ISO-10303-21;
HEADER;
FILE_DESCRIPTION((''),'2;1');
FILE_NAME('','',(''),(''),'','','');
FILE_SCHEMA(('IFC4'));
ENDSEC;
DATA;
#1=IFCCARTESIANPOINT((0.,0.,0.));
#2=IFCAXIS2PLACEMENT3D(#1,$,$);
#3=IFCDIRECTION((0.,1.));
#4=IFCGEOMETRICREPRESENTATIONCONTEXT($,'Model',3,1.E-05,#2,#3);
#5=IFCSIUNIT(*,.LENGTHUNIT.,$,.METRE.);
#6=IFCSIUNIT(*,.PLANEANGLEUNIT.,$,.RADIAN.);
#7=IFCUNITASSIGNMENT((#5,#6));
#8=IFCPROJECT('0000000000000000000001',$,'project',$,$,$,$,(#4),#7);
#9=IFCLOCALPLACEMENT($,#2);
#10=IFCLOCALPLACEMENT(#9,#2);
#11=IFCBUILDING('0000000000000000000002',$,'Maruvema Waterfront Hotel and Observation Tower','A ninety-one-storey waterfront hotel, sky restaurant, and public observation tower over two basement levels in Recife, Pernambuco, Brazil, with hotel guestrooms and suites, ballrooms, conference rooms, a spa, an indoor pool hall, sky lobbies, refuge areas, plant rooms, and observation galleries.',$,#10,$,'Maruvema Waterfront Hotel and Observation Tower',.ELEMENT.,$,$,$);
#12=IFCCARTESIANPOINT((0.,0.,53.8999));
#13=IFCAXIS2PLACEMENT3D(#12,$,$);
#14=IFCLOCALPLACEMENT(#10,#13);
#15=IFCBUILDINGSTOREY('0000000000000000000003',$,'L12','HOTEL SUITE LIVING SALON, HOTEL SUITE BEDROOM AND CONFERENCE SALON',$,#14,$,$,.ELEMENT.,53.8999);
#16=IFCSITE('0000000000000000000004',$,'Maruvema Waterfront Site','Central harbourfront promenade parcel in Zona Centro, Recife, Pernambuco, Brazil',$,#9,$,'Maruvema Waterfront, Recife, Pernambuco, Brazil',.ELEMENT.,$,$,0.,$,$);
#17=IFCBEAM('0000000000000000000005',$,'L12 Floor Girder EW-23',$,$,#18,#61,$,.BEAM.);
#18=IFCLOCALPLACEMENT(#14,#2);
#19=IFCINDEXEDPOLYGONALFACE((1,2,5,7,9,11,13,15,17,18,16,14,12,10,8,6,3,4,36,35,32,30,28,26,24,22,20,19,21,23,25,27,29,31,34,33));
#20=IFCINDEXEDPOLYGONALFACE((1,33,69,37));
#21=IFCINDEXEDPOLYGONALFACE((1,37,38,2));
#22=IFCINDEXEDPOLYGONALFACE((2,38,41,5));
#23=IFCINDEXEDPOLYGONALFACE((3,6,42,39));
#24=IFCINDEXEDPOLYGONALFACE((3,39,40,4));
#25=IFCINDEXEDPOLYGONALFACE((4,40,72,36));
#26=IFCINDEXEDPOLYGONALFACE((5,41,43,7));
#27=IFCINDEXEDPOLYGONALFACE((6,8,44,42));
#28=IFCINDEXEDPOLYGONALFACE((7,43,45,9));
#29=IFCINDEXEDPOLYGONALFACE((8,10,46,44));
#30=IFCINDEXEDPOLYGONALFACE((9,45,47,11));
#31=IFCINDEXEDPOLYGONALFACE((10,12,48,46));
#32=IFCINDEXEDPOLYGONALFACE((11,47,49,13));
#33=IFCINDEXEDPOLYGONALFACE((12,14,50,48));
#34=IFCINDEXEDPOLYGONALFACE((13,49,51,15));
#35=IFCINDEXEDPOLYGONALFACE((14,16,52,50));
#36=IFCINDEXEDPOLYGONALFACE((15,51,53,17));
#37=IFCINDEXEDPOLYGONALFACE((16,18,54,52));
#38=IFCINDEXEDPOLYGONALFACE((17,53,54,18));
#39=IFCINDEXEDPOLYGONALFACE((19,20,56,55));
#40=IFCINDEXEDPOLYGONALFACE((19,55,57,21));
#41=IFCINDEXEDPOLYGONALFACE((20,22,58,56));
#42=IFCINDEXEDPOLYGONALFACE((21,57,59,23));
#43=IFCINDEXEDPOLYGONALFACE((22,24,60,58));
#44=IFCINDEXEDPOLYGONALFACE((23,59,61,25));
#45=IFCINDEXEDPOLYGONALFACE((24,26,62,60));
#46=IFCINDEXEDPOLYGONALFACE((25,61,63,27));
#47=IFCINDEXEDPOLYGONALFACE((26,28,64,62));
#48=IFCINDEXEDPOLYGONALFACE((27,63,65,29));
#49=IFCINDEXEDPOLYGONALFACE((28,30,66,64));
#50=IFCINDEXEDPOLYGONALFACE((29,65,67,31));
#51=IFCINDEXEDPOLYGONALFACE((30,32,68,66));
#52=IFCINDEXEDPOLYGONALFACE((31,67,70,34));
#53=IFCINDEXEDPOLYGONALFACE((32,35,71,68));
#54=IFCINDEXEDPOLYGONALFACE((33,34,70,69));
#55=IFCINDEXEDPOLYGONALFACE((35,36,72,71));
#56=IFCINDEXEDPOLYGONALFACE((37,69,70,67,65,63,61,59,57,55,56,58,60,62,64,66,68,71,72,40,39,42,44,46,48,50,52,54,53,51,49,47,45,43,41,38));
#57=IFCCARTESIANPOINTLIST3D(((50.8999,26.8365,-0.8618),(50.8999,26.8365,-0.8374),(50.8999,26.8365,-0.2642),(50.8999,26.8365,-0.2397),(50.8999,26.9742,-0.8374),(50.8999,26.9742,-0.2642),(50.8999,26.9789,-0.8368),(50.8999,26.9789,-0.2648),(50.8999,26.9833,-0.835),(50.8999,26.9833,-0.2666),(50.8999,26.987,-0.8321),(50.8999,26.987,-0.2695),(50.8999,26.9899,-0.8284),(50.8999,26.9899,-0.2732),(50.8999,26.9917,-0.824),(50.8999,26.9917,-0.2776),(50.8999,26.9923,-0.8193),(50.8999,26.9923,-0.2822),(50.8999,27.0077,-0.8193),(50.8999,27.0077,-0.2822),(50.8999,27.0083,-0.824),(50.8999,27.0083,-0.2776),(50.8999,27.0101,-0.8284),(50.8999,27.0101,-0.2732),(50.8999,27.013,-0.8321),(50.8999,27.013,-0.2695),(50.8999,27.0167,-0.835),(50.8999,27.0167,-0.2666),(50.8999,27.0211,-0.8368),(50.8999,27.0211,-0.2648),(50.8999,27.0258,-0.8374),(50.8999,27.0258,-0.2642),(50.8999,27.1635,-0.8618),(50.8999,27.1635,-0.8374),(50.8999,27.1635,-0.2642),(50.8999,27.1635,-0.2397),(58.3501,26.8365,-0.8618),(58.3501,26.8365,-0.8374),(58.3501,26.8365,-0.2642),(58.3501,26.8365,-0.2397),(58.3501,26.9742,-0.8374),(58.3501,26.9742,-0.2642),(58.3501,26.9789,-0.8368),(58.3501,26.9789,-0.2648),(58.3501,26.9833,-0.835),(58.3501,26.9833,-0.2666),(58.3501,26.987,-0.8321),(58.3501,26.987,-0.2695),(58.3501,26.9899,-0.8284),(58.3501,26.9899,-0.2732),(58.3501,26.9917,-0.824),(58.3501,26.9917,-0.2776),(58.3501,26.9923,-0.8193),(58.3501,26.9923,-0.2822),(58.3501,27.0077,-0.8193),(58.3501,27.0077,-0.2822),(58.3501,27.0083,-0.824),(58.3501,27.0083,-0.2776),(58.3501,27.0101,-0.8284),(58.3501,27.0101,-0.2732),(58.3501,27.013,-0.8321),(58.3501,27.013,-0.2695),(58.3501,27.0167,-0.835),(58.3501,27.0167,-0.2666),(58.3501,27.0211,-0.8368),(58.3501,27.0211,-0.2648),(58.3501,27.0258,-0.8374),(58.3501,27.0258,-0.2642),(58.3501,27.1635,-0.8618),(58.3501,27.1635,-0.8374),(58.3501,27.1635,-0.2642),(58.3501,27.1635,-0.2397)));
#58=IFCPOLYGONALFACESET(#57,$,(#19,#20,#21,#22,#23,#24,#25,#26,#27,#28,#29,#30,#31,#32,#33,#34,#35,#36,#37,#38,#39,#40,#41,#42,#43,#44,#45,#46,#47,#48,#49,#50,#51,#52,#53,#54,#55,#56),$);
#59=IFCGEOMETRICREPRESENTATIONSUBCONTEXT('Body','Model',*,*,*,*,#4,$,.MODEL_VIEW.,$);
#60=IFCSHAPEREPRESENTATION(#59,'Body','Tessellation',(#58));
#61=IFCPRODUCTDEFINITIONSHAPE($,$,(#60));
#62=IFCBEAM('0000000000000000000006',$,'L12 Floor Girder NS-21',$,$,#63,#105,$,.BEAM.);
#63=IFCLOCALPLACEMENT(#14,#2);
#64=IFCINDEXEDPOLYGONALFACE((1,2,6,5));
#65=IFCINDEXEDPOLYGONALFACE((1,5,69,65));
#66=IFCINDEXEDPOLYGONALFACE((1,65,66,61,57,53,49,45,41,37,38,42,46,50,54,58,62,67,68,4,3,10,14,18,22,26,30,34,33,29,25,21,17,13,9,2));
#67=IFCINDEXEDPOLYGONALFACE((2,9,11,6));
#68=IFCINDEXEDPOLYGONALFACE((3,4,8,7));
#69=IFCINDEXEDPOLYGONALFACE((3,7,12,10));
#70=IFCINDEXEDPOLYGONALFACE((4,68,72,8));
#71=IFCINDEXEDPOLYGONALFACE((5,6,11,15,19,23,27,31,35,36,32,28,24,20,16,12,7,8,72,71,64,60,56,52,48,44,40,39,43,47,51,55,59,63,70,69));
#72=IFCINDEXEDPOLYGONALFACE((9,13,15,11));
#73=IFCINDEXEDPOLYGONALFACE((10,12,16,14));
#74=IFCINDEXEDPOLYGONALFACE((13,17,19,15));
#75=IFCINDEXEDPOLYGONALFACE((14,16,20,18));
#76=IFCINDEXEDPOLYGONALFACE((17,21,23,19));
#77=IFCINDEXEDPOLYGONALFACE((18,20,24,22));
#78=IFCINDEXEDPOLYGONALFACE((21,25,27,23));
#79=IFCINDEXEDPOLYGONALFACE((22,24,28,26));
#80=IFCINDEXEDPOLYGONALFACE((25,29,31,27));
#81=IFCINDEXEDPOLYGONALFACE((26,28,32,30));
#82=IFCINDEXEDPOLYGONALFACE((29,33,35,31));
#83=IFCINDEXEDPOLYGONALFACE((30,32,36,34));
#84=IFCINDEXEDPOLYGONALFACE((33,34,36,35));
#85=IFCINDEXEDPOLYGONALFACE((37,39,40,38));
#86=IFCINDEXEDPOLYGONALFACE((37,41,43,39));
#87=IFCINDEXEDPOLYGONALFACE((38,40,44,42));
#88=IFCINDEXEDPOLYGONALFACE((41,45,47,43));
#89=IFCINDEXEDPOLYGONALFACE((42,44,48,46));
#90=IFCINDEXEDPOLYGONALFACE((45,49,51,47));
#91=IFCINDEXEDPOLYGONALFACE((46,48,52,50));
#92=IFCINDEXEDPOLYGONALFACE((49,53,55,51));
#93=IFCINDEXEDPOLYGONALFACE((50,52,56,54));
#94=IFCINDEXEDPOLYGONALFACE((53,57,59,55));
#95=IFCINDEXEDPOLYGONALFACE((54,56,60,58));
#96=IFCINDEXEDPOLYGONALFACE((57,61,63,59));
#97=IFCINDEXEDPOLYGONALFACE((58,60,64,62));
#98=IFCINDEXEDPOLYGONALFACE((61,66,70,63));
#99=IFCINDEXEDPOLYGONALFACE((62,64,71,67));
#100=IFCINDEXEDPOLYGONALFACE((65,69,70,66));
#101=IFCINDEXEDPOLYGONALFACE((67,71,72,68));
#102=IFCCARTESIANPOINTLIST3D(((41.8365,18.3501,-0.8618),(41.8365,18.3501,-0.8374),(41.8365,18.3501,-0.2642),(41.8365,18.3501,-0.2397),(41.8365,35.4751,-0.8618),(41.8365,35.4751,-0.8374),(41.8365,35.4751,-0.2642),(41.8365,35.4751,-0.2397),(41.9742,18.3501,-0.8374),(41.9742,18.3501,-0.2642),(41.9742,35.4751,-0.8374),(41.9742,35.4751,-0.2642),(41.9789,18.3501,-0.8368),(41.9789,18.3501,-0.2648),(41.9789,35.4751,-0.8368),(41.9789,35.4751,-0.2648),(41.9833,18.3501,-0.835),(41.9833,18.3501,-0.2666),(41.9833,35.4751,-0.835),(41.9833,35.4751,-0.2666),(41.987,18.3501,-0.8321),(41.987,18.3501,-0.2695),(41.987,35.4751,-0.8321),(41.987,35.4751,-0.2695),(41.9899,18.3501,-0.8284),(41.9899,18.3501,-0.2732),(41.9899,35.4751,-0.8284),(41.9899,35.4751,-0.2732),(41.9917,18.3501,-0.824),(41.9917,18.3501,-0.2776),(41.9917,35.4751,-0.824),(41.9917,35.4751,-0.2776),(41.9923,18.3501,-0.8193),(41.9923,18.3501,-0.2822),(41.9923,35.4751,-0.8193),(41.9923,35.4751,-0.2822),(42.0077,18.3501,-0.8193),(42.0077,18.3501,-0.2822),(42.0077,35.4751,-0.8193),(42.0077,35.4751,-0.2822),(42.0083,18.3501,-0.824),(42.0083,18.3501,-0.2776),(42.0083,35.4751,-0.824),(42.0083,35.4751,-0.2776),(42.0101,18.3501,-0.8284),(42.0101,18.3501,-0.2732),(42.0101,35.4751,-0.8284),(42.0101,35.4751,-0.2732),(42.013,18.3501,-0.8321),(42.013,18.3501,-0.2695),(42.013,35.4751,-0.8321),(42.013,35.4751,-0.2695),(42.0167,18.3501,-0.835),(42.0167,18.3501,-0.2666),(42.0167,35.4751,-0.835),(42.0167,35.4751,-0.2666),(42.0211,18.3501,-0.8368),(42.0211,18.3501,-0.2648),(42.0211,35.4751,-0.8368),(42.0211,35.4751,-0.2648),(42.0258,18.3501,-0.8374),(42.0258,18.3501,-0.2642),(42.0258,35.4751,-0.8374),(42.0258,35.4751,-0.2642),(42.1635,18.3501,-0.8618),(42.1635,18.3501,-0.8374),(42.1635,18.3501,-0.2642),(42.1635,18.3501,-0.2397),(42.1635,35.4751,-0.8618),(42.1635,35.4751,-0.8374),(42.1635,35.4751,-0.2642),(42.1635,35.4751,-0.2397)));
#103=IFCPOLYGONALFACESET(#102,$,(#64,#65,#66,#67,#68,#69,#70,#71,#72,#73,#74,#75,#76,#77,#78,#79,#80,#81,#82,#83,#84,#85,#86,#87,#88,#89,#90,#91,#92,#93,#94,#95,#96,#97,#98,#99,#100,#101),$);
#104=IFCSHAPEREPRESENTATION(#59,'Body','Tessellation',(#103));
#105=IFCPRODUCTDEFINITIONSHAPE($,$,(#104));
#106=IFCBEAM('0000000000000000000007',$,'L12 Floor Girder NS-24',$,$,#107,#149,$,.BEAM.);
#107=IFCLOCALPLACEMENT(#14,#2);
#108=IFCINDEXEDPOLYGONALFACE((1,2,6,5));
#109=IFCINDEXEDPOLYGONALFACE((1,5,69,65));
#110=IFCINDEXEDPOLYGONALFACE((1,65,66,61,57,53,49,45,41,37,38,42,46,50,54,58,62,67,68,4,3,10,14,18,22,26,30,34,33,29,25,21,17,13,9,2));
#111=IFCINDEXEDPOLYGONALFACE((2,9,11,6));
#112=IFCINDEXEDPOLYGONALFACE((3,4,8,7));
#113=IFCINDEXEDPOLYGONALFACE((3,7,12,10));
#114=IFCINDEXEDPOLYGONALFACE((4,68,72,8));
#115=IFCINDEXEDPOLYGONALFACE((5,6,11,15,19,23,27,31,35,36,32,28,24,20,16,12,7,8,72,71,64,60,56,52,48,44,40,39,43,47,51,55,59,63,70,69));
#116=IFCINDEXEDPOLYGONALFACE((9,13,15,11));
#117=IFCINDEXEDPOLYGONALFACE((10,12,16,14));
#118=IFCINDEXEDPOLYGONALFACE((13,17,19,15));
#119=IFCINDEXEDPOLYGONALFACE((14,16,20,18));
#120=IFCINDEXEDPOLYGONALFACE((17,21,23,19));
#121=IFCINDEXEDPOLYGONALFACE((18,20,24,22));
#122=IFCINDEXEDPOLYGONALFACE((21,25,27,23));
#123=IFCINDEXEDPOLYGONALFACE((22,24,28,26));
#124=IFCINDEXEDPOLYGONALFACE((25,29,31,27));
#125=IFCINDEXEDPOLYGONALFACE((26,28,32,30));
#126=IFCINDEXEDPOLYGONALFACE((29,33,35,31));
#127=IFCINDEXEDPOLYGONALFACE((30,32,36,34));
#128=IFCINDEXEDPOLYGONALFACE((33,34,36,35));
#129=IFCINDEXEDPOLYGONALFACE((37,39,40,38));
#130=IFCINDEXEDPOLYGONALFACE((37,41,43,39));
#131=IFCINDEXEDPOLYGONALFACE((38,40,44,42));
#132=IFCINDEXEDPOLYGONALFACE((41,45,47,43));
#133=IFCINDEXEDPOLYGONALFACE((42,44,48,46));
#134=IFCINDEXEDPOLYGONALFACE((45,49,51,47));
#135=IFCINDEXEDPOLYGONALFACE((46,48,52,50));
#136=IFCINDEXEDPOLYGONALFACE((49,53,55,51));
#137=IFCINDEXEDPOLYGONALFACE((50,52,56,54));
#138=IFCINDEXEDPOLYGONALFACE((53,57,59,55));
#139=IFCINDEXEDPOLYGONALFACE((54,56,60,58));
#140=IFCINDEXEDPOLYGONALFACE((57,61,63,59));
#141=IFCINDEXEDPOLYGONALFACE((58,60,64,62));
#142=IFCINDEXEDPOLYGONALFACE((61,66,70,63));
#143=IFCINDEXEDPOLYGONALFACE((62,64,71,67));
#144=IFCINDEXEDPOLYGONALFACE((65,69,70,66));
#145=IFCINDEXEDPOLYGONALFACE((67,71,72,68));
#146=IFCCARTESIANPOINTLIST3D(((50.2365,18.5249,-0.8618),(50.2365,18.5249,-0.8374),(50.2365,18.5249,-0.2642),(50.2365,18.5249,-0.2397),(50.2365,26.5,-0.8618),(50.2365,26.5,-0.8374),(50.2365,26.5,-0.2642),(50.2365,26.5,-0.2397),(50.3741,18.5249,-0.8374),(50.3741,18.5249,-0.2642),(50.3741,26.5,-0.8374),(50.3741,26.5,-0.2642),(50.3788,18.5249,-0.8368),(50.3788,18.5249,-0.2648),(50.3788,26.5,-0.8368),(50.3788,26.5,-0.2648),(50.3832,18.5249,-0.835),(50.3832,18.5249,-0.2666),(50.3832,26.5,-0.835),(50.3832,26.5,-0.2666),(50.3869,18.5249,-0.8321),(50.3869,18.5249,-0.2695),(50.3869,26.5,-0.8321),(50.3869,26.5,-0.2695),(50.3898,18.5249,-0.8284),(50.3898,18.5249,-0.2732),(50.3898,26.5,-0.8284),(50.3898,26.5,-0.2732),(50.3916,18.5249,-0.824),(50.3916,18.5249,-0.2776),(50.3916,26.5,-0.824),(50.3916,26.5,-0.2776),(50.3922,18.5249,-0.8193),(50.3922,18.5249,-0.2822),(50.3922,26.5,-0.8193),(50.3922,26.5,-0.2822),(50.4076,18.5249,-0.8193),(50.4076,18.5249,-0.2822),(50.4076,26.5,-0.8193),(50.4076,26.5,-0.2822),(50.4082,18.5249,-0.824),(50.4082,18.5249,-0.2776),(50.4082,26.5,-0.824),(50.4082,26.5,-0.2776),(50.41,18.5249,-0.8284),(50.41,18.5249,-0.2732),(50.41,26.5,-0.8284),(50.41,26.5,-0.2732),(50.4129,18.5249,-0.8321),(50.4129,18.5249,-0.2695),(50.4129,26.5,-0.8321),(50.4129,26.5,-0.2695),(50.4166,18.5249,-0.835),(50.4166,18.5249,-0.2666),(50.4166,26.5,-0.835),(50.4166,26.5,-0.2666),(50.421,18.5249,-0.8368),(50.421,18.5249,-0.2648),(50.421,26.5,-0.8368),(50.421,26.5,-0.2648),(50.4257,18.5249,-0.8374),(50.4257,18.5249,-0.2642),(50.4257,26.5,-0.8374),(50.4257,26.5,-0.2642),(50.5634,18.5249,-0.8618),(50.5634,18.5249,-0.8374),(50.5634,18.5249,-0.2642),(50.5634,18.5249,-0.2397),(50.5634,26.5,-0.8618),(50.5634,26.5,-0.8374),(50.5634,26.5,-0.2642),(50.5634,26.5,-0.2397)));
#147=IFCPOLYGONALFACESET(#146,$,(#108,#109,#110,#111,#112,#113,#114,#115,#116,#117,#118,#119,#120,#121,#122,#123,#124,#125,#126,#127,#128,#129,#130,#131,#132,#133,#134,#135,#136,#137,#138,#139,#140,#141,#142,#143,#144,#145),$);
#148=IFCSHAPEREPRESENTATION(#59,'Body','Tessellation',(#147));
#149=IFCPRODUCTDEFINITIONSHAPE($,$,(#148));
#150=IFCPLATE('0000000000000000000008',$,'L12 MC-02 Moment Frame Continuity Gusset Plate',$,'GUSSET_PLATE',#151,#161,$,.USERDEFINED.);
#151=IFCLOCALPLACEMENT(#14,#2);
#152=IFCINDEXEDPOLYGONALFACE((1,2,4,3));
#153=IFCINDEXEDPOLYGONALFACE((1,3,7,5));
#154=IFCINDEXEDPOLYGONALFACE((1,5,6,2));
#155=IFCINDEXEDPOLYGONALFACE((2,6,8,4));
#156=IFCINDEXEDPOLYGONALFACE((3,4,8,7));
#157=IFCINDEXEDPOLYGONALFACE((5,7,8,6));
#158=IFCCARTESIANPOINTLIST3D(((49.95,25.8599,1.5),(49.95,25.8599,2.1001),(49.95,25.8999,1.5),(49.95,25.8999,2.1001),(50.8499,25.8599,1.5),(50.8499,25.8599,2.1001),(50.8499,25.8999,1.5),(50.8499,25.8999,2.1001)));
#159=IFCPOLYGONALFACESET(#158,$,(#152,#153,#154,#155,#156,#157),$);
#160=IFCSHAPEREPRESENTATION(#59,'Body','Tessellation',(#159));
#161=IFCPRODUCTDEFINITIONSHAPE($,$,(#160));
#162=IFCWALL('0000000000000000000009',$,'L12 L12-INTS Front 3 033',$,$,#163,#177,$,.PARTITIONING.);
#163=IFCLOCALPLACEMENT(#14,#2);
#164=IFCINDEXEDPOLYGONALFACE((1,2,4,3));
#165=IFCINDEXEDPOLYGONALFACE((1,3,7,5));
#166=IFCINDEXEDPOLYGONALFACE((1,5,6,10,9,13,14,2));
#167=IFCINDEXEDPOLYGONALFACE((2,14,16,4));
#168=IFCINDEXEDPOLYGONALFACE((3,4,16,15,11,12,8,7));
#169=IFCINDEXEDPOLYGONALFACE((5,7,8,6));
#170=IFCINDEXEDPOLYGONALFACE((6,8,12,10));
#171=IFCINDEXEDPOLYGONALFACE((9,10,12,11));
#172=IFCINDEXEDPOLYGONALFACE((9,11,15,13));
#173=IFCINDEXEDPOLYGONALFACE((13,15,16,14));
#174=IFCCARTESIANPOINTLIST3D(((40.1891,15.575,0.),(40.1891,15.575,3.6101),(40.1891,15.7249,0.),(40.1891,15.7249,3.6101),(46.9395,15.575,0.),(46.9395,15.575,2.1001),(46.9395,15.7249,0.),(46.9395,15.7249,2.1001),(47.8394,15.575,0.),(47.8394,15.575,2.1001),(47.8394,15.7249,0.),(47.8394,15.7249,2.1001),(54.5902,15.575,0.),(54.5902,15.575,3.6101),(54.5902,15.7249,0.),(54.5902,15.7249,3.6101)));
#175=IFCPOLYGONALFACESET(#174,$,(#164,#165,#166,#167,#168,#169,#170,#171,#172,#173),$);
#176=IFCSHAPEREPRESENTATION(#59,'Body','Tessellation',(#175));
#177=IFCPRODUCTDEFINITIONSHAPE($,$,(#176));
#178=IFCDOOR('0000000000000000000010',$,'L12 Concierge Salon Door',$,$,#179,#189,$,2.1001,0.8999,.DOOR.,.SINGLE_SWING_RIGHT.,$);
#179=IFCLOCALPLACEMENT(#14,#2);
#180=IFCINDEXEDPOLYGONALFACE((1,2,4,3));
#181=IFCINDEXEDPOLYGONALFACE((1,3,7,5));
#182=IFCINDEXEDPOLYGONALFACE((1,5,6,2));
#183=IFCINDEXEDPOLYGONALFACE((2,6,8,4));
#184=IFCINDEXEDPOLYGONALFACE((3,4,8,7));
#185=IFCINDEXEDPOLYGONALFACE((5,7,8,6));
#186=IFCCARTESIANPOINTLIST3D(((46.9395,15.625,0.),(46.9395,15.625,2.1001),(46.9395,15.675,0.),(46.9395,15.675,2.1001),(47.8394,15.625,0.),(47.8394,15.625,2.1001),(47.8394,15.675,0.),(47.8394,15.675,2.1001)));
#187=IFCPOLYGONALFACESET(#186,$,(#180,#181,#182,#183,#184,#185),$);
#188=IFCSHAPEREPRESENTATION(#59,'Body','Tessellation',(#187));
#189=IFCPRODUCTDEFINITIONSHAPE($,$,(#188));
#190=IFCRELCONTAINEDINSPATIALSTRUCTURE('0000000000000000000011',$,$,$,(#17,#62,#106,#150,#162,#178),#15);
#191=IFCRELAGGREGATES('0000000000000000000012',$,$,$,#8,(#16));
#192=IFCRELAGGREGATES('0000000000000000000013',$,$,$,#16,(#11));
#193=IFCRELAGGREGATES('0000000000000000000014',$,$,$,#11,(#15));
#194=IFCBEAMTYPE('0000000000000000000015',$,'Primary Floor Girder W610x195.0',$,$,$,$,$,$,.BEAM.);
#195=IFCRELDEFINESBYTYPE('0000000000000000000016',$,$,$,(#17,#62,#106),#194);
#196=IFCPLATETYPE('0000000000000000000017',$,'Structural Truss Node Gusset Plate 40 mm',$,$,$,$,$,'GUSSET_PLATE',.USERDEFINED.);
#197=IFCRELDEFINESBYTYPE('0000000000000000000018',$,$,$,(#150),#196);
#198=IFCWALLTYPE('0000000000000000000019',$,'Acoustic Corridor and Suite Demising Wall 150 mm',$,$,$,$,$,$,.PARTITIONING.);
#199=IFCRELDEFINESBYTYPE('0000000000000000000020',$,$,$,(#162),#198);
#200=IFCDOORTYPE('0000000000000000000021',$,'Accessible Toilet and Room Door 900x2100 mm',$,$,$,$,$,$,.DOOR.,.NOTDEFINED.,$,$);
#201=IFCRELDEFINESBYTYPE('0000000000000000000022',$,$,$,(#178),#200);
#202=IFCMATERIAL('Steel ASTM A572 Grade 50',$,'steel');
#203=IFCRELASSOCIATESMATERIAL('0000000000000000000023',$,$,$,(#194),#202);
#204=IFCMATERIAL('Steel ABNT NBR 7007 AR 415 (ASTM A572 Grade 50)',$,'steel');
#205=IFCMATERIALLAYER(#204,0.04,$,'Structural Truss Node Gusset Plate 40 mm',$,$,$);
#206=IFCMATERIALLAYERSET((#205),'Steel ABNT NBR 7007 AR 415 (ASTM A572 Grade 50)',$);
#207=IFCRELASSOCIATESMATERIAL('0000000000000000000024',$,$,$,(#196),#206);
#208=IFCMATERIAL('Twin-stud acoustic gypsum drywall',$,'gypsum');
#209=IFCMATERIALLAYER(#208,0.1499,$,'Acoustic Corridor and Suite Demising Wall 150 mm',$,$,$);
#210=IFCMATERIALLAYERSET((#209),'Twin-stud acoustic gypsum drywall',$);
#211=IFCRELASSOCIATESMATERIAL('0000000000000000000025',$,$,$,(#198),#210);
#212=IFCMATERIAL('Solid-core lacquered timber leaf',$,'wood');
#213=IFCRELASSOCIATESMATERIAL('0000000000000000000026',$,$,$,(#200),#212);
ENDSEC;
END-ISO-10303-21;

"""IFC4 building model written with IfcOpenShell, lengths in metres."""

from ifc_helpers import new_model, si_unit, direction, frame, frame_2d, origin, origin_2d, place, context, subcontext, project, spatial, rectangle, i_section, extrude, material, layer, layer_set, material_profile, profile_set, type_object, element, fill, save


model = new_model("IFC4")

# Units and contexts
model_context = context("Model", 3, precision=1e-05, world=origin(), true_north=direction((0.0, 1.0)))
body_context = subcontext(model_context, "Body", "Model", "MODEL_VIEW")
ifc_project = project(units=[si_unit("LENGTHUNIT", "METRE"), si_unit("PLANEANGLEUNIT", "RADIAN")], contexts=[model_context])

# Site, building, storey
site_placement = place(None, origin())
site = spatial("IfcSite", under=ifc_project, at=site_placement, Name="Maruvema Waterfront Site", Description="Central harbourfront promenade parcel in Zona Centro, Recife, Pernambuco, Brazil", LongName="Maruvema Waterfront, Recife, Pernambuco, Brazil", CompositionType="ELEMENT", RefElevation=0.0)
building_placement = place(site_placement, origin())
building = spatial("IfcBuilding", under=site, at=building_placement, Name="Maruvema Waterfront Hotel and Observation Tower", Description="A ninety-one-storey waterfront hotel, sky restaurant, and public observation tower over two basement levels in Recife, Pernambuco, Brazil, with hotel guestrooms and suites, ballrooms, conference rooms, a spa, an indoor pool hall, sky lobbies, refuge areas, plant rooms, and observation galleries.", LongName="Maruvema Waterfront Hotel and Observation Tower", CompositionType="ELEMENT")
storey_placement = place(building_placement, frame((0.0, 0.0, 53.8999)))
storey = spatial("IfcBuildingStorey", under=building, at=storey_placement, Name="L12", Description="HOTEL SUITE LIVING SALON, HOTEL SUITE BEDROOM AND CONFERENCE SALON", CompositionType="ELEMENT", Elevation=53.8999)

# Beams
ifc_material_1 = material(Name="Steel ASTM A572 Grade 50", Category="steel")
ifc_material_profile_1 = material_profile(ifc_material_1, i_section(OverallWidth=0.3269, OverallDepth=0.6221, WebThickness=0.0154, FlangeThickness=0.0244, FilletRadius=0.0181, at=origin_2d()), Name="W610x195.0")
ifc_profile_set_1 = profile_set([ifc_material_profile_1], Name="Steel ASTM A572 Grade 50")
beam_type = type_object("IfcBeamType", Name="Primary Floor Girder W610x195.0", PredefinedType="BEAM", material=ifc_profile_set_1)
beam_1_placement = place(storey_placement, frame((50.8999, 27.0, -0.5508), z_axis=(1.0, 0.0, 0.0), x_axis=(0.0, 1.0, 0.0)))
element("IfcBeam", 1, at=beam_1_placement, inside=storey, type_object=beam_type, Name="L12 Floor Girder EW-23", PredefinedType="BEAM", context=body_context, shape_type="SweptSolid", body=[
    extrude(i_section(OverallWidth=0.3269, OverallDepth=0.6221, WebThickness=0.0154, FlangeThickness=0.0244, FilletRadius=0.0181, at=origin_2d()), origin(), (0.0, 0.0, 1.0), 7.4502),
])
beam_2_placement = place(storey_placement, frame((42.0, 18.3501, -0.5508), z_axis=(0.0, 1.0, 0.0), x_axis=(-1.0, 0.0, 0.0)))
element("IfcBeam", 2, at=beam_2_placement, inside=storey, type_object=beam_type, Name="L12 Floor Girder NS-21", PredefinedType="BEAM", context=body_context, shape_type="SweptSolid", body=[
    extrude(i_section(OverallWidth=0.3269, OverallDepth=0.6221, WebThickness=0.0154, FlangeThickness=0.0244, FilletRadius=0.0181, at=origin_2d()), origin(), (0.0, 0.0, 1.0), 17.125),
])
beam_3_placement = place(storey_placement, frame((50.3999, 18.5249, -0.5508), z_axis=(0.0, 1.0, 0.0), x_axis=(-1.0, 0.0, 0.0)))
element("IfcBeam", 3, at=beam_3_placement, inside=storey, type_object=beam_type, Name="L12 Floor Girder NS-24", PredefinedType="BEAM", context=body_context, shape_type="SweptSolid", body=[
    extrude(i_section(OverallWidth=0.3269, OverallDepth=0.6221, WebThickness=0.0154, FlangeThickness=0.0244, FilletRadius=0.0181, at=origin_2d()), origin(), (0.0, 0.0, 1.0), 7.9751),
])

# Plate
ifc_material_2 = material(Name="Steel ABNT NBR 7007 AR 415 (ASTM A572 Grade 50)", Category="steel")
ifc_layer_1 = layer(ifc_material_2, 0.04, Name="Structural Truss Node Gusset Plate 40 mm")
ifc_layer_set_1 = layer_set([ifc_layer_1], Name="Steel ABNT NBR 7007 AR 415 (ASTM A572 Grade 50)")
plate_type = type_object("IfcPlateType", Name="Structural Truss Node Gusset Plate 40 mm", ElementType="GUSSET_PLATE", PredefinedType="USERDEFINED", material=ifc_layer_set_1)
plate_placement = place(storey_placement, frame((50.3999, 25.8799, 1.5), z_axis=(0.0, 0.0, 1.0), x_axis=(1.0, 0.0, 0.0)))
element("IfcPlate", 4, at=plate_placement, inside=storey, type_object=plate_type, Name="L12 MC-02 Moment Frame Continuity Gusset Plate", ObjectType="GUSSET_PLATE", PredefinedType="USERDEFINED", context=body_context, shape_type="SweptSolid", body=[
    extrude(rectangle(XDim=0.8999, YDim=0.04, at=origin_2d()), origin(), (0.0, 0.0, 1.0), 0.6001),
])

# Wall, opening, door
ifc_material_3 = material(Name="Twin-stud acoustic gypsum drywall", Category="gypsum")
ifc_layer_2 = layer(ifc_material_3, 0.1499, Name="Acoustic Corridor and Suite Demising Wall 150 mm")
ifc_layer_set_2 = layer_set([ifc_layer_2], Name="Twin-stud acoustic gypsum drywall")
wall_type_1 = type_object("IfcWallType", Name="Acoustic Corridor and Suite Demising Wall 150 mm", PredefinedType="PARTITIONING", material=ifc_layer_set_2)
wall_1_placement = place(storey_placement, frame((40.189, 15.6499, 0.0), z_axis=(0.0, 0.0, 1.0), x_axis=(1.0, 0.0, 0.0)))
wall_1 = element("IfcWall", 5, at=wall_1_placement, inside=storey, type_object=wall_type_1, Name="L12 L12-INTS Front 3 033", PredefinedType="PARTITIONING", context=body_context, shape_type="SweptSolid", body=[
    extrude(rectangle(XDim=14.4011, YDim=0.1499, at=frame_2d((7.2007, 0.0))), origin(), (0.0, 0.0, 1.0), 3.6101),
])
opening_1_placement = place(wall_1_placement, frame((6.7505, 0.0, 0.0)))
opening_1 = element("IfcOpeningElement", 6, at=opening_1_placement, cuts=wall_1, PredefinedType="OPENING", context=body_context, shape_type="SweptSolid", body=[
    extrude(rectangle(XDim=0.8999, YDim=2.1001, at=frame_2d((0.45, 1.05))), frame((0.0, 0.085, 0.0), z_axis=(0.0, -1.0, 0.0), x_axis=(1.0, 0.0, 0.0)), (0.0, 0.0, 1.0), 0.1699),
])
ifc_material_4 = material(Name="Solid-core lacquered timber leaf", Category="wood")
door_type_1 = type_object("IfcDoorType", Name="Accessible Toilet and Room Door 900x2100 mm", OperationType="NOTDEFINED", PredefinedType="DOOR", material=ifc_material_4)
door_1_placement = place(opening_1_placement, frame((0.8999, 0.0, 0.0), z_axis=(0.0, 0.0, 1.0), x_axis=(-1.0, 0.0, 0.0)))
door_1 = element("IfcDoor", 7, at=door_1_placement, inside=storey, type_object=door_type_1, Name="L12 Concierge Salon Door", OperationType="SINGLE_SWING_RIGHT", OverallHeight=2.1001, OverallWidth=0.8999, PredefinedType="DOOR", context=body_context, shape_type="SweptSolid", body=[
    extrude(rectangle(XDim=0.8999, YDim=2.1001, at=frame_2d((0.45, 1.05))), frame((0.0, 0.0249, 0.0), z_axis=(0.0, -1.0, 0.0), x_axis=(1.0, 0.0, 0.0)), (0.0, 0.0, 1.0), 0.05),
])
fill(opening_1, door_1)

save(model, "model.ifc")
